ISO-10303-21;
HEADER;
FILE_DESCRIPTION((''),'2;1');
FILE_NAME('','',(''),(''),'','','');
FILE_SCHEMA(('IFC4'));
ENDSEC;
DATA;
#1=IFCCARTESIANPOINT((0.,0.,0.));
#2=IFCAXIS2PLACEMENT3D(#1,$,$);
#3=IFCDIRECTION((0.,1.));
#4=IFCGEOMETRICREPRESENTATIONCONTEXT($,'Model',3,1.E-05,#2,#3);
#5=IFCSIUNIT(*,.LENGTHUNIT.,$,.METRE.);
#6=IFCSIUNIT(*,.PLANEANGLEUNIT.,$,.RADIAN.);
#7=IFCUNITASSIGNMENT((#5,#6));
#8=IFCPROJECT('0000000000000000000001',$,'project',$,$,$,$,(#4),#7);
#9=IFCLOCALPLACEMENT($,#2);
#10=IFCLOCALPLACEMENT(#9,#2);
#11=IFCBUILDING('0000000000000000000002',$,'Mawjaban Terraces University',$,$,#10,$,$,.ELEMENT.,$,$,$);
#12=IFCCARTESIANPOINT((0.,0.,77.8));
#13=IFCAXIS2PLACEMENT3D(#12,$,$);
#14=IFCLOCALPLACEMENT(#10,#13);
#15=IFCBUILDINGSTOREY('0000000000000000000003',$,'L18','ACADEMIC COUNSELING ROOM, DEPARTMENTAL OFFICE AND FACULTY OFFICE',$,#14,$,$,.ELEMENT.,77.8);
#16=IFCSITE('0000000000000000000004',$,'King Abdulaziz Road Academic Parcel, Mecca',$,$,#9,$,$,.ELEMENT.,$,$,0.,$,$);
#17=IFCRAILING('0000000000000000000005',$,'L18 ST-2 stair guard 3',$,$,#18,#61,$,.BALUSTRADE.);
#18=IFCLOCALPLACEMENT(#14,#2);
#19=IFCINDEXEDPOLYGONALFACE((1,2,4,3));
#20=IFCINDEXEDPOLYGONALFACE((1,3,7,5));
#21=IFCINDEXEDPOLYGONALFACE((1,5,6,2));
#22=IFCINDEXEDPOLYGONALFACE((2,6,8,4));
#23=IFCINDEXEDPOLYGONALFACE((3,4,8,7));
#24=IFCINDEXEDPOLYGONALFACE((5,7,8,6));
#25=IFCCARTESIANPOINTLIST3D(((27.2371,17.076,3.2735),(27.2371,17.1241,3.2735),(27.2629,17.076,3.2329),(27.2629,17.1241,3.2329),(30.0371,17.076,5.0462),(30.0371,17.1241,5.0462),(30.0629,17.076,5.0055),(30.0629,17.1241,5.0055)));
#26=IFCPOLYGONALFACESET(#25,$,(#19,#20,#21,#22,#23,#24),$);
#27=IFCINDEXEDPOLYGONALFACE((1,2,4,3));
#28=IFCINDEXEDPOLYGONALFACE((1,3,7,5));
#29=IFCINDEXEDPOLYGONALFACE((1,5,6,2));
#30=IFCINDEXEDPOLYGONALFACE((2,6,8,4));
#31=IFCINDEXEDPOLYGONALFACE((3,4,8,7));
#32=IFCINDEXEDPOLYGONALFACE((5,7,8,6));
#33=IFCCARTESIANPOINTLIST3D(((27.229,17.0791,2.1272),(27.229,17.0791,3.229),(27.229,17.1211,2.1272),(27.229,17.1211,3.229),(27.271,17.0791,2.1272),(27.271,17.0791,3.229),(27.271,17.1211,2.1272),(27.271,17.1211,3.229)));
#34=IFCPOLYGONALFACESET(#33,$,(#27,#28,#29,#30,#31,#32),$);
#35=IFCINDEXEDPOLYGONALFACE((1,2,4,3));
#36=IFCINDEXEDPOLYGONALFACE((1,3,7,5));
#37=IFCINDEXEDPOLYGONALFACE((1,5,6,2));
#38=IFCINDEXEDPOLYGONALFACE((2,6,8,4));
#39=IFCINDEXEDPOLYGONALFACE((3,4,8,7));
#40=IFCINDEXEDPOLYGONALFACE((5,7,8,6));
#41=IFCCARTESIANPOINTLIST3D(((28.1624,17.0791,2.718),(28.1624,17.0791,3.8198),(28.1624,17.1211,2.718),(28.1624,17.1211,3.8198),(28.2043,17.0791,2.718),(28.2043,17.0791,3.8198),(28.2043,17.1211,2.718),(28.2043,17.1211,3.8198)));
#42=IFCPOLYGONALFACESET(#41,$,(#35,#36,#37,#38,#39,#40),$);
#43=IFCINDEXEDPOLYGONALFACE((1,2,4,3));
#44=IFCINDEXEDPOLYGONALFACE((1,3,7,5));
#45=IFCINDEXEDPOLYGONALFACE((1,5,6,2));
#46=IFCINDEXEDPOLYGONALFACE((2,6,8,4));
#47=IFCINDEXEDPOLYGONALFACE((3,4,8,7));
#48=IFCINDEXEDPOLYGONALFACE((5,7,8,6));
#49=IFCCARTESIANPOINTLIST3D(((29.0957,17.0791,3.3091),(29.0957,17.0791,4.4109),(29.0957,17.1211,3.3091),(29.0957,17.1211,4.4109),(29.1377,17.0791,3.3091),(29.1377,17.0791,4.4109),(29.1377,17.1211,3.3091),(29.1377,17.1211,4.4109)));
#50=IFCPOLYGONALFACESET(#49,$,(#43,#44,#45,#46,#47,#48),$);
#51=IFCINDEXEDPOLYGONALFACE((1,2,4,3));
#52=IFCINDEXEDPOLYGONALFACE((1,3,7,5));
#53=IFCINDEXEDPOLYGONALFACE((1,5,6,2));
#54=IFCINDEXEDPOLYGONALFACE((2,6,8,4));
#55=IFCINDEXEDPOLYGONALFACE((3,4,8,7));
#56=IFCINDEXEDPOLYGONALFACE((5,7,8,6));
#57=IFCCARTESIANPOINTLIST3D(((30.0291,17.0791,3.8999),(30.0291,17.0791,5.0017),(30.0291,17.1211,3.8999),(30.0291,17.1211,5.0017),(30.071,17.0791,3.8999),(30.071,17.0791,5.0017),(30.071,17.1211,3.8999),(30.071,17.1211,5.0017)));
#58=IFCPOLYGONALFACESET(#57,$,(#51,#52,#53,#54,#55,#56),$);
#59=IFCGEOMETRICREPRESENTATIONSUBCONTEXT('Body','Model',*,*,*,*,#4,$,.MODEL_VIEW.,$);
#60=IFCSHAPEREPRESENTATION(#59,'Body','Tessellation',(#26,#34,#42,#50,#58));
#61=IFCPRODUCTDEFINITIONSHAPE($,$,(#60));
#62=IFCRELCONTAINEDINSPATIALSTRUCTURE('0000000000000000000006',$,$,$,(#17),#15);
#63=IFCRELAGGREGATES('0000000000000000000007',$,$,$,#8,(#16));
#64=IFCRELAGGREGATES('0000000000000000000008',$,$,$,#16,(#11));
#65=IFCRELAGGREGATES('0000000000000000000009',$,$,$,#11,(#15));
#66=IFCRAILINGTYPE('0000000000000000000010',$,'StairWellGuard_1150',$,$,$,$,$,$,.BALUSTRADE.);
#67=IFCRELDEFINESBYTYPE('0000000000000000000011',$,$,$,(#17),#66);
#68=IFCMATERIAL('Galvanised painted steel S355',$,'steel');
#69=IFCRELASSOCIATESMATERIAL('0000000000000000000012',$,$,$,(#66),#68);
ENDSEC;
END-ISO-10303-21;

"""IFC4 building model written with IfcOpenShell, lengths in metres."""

from ifc_helpers import new_model, si_unit, direction, frame, origin, origin_2d, place, context, subcontext, project, spatial, rectangle, extrude, material, type_object, element, save


model = new_model("IFC4")

# Units and contexts
model_context = context("Model", 3, precision=1e-05, world=origin(), true_north=direction((0.0, 1.0)))
body_context = subcontext(model_context, "Body", "Model", "MODEL_VIEW")
ifc_project = project(units=[si_unit("LENGTHUNIT", "METRE"), si_unit("PLANEANGLEUNIT", "RADIAN")], contexts=[model_context])

# Site, building, storey
site_placement = place(None, origin())
site = spatial("IfcSite", under=ifc_project, at=site_placement, Name="King Abdulaziz Road Academic Parcel, Mecca", CompositionType="ELEMENT", RefElevation=0.0)
building_placement = place(site_placement, origin())
building = spatial("IfcBuilding", under=site, at=building_placement, Name="Mawjaban Terraces University", CompositionType="ELEMENT")
storey_placement = place(building_placement, frame((0.0, 0.0, 77.8)))
storey = spatial("IfcBuildingStorey", under=building, at=storey_placement, Name="L18", Description="ACADEMIC COUNSELING ROOM, DEPARTMENTAL OFFICE AND FACULTY OFFICE", CompositionType="ELEMENT", Elevation=77.8)

# Railing
ifc_material_1 = material(Name="Galvanised painted steel S355", Category="steel")
railing_type_1 = type_object("IfcRailingType", Name="StairWellGuard_1150", PredefinedType="BALUSTRADE", material=ifc_material_1)
railing_1_placement = place(storey_placement, frame((27.25, 17.1001, 2.1272)))
element("IfcRailing", 1, at=railing_1_placement, inside=storey, type_object=railing_type_1, Name="L18 ST-2 stair guard 3", PredefinedType="BALUSTRADE", context=body_context, shape_type="SweptSolid", body=[
    extrude(rectangle(XDim=0.0481, YDim=0.0481, at=origin_2d()), frame((0.0, 0.0, 1.126), z_axis=(0.844909, 0.0, 0.53491), x_axis=(0.0, 1.0, 0.0)), (0.0, 0.0, 1.0), 3.314),
    extrude(rectangle(XDim=0.042, YDim=0.042, at=origin_2d()), origin(), (0.0, 0.0, 1.0), 1.1018),
    extrude(rectangle(XDim=0.042, YDim=0.042, at=origin_2d()), frame((0.9333, 0.0, 0.5908)), (0.0, 0.0, 1.0), 1.1018),
    extrude(rectangle(XDim=0.042, YDim=0.042, at=origin_2d()), frame((1.8667, 0.0, 1.1819)), (0.0, 0.0, 1.0), 1.1018),
    extrude(rectangle(XDim=0.042, YDim=0.042, at=origin_2d()), frame((2.8, 0.0, 1.7727)), (0.0, 0.0, 1.0), 1.1018),
])

save(model, "model.ifc")
